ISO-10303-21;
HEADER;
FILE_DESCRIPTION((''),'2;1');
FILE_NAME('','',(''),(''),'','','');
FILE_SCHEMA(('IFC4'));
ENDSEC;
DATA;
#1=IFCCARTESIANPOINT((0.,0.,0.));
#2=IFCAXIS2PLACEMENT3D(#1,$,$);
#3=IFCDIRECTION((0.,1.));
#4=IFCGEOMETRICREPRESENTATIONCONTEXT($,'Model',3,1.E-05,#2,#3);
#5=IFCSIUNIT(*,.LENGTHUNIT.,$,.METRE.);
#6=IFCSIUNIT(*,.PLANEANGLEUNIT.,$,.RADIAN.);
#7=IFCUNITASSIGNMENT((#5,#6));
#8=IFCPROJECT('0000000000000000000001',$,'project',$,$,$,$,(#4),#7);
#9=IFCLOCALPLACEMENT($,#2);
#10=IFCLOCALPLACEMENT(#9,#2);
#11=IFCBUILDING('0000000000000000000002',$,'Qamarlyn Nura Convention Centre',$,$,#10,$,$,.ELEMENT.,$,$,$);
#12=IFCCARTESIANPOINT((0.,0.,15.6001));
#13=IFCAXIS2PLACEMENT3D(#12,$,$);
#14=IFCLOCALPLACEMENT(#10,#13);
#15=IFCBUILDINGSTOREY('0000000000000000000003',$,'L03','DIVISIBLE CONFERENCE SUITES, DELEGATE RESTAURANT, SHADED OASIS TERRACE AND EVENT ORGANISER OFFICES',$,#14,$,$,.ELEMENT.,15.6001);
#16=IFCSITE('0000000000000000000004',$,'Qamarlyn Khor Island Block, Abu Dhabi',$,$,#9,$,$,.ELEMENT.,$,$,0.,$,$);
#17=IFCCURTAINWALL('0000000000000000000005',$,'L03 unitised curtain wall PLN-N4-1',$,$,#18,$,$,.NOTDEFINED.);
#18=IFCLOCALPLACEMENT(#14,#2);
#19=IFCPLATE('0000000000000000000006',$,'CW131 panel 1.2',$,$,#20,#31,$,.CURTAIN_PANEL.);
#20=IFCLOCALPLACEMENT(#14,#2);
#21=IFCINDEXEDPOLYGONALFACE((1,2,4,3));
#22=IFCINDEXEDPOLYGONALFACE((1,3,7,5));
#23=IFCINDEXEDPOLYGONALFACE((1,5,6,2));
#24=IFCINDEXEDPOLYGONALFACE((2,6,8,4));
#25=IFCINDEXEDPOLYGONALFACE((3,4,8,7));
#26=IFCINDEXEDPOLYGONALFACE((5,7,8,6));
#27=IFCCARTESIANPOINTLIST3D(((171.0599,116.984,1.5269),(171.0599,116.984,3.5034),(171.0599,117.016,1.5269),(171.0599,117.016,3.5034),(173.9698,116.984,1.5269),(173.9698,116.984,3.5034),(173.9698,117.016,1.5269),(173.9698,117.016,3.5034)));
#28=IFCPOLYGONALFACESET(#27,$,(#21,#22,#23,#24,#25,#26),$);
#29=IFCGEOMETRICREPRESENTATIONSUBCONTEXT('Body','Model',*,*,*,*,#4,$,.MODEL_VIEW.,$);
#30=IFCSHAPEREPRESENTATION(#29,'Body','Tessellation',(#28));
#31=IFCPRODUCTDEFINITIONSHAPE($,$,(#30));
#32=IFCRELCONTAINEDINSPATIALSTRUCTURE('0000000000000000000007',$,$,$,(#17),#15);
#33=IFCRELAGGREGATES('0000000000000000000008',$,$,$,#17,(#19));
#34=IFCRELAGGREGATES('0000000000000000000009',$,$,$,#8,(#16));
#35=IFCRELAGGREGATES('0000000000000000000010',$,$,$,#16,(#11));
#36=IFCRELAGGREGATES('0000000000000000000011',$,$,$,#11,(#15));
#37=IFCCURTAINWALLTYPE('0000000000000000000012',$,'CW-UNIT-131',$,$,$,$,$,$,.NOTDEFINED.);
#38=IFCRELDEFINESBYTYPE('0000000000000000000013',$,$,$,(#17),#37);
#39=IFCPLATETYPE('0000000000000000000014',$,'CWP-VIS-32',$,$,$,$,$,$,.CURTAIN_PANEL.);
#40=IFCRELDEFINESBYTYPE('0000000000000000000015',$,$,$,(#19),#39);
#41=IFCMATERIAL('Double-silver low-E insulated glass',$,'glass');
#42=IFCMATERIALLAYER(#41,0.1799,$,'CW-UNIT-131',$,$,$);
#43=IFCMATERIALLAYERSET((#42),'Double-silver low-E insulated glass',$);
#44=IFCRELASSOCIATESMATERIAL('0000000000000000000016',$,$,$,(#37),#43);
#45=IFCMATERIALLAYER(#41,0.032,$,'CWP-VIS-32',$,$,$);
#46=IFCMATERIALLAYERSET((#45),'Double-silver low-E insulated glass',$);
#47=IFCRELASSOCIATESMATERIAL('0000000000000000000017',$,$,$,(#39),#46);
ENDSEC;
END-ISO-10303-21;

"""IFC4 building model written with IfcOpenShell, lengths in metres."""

from ifc_helpers import new_model, si_unit, direction, frame, origin, origin_2d, place, context, subcontext, project, spatial, rectangle, extrude, material, layer, layer_set, type_object, element, aggregate, save


model = new_model("IFC4")

# Units and contexts
model_context = context("Model", 3, precision=1e-05, world=origin(), true_north=direction((0.0, 1.0)))
body_context = subcontext(model_context, "Body", "Model", "MODEL_VIEW")
ifc_project = project(units=[si_unit("LENGTHUNIT", "METRE"), si_unit("PLANEANGLEUNIT", "RADIAN")], contexts=[model_context])

# Site, building, storey
site_placement = place(None, origin())
site = spatial("IfcSite", under=ifc_project, at=site_placement, Name="Qamarlyn Khor Island Block, Abu Dhabi", CompositionType="ELEMENT", RefElevation=0.0)
building_placement = place(site_placement, origin())
building = spatial("IfcBuilding", under=site, at=building_placement, Name="Qamarlyn Nura Convention Centre", CompositionType="ELEMENT")
storey_placement = place(building_placement, frame((0.0, 0.0, 15.6001)))
storey = spatial("IfcBuildingStorey", under=building, at=storey_placement, Name="L03", Description="DIVISIBLE CONFERENCE SUITES, DELEGATE RESTAURANT, SHADED OASIS TERRACE AND EVENT ORGANISER OFFICES", CompositionType="ELEMENT", Elevation=15.6001)

# Curtain wall
ifc_material_1 = material(Name="Double-silver low-E insulated glass", Category="glass")
ifc_layer_1 = layer(ifc_material_1, 0.1799, Name="CW-UNIT-131")
ifc_layer_set_1 = layer_set([ifc_layer_1], Name="Double-silver low-E insulated glass")
curtain_wall_type = type_object("IfcCurtainWallType", Name="CW-UNIT-131", PredefinedType="NOTDEFINED", material=ifc_layer_set_1)
curtain_wall_1_placement = place(storey_placement, origin())
curtain_wall_1 = element("IfcCurtainWall", 1, at=curtain_wall_1_placement, inside=storey, type_object=curtain_wall_type, Name="L03 unitised curtain wall PLN-N4-1", PredefinedType="NOTDEFINED")

# Plate
ifc_layer_2 = layer(ifc_material_1, 0.032, Name="CWP-VIS-32")
ifc_layer_set_2 = layer_set([ifc_layer_2], Name="Double-silver low-E insulated glass")
plate_type_1 = type_object("IfcPlateType", Name="CWP-VIS-32", PredefinedType="CURTAIN_PANEL", material=ifc_layer_set_2)
plate_1_placement = place(storey_placement, frame((172.5149, 117.0, 1.5269), z_axis=(0.0, 0.0, 1.0), x_axis=(1.0, 0.0, 0.0)))
plate_1 = element("IfcPlate", 2, at=plate_1_placement, type_object=plate_type_1, Name="CW131 panel 1.2", PredefinedType="CURTAIN_PANEL", context=body_context, shape_type="SweptSolid", body=[
    extrude(rectangle(XDim=2.9099, YDim=0.032, at=origin_2d()), origin(), (0.0, 0.0, 1.0), 1.9766),
])
aggregate(curtain_wall_1, [plate_1])

save(model, "model.ifc")
